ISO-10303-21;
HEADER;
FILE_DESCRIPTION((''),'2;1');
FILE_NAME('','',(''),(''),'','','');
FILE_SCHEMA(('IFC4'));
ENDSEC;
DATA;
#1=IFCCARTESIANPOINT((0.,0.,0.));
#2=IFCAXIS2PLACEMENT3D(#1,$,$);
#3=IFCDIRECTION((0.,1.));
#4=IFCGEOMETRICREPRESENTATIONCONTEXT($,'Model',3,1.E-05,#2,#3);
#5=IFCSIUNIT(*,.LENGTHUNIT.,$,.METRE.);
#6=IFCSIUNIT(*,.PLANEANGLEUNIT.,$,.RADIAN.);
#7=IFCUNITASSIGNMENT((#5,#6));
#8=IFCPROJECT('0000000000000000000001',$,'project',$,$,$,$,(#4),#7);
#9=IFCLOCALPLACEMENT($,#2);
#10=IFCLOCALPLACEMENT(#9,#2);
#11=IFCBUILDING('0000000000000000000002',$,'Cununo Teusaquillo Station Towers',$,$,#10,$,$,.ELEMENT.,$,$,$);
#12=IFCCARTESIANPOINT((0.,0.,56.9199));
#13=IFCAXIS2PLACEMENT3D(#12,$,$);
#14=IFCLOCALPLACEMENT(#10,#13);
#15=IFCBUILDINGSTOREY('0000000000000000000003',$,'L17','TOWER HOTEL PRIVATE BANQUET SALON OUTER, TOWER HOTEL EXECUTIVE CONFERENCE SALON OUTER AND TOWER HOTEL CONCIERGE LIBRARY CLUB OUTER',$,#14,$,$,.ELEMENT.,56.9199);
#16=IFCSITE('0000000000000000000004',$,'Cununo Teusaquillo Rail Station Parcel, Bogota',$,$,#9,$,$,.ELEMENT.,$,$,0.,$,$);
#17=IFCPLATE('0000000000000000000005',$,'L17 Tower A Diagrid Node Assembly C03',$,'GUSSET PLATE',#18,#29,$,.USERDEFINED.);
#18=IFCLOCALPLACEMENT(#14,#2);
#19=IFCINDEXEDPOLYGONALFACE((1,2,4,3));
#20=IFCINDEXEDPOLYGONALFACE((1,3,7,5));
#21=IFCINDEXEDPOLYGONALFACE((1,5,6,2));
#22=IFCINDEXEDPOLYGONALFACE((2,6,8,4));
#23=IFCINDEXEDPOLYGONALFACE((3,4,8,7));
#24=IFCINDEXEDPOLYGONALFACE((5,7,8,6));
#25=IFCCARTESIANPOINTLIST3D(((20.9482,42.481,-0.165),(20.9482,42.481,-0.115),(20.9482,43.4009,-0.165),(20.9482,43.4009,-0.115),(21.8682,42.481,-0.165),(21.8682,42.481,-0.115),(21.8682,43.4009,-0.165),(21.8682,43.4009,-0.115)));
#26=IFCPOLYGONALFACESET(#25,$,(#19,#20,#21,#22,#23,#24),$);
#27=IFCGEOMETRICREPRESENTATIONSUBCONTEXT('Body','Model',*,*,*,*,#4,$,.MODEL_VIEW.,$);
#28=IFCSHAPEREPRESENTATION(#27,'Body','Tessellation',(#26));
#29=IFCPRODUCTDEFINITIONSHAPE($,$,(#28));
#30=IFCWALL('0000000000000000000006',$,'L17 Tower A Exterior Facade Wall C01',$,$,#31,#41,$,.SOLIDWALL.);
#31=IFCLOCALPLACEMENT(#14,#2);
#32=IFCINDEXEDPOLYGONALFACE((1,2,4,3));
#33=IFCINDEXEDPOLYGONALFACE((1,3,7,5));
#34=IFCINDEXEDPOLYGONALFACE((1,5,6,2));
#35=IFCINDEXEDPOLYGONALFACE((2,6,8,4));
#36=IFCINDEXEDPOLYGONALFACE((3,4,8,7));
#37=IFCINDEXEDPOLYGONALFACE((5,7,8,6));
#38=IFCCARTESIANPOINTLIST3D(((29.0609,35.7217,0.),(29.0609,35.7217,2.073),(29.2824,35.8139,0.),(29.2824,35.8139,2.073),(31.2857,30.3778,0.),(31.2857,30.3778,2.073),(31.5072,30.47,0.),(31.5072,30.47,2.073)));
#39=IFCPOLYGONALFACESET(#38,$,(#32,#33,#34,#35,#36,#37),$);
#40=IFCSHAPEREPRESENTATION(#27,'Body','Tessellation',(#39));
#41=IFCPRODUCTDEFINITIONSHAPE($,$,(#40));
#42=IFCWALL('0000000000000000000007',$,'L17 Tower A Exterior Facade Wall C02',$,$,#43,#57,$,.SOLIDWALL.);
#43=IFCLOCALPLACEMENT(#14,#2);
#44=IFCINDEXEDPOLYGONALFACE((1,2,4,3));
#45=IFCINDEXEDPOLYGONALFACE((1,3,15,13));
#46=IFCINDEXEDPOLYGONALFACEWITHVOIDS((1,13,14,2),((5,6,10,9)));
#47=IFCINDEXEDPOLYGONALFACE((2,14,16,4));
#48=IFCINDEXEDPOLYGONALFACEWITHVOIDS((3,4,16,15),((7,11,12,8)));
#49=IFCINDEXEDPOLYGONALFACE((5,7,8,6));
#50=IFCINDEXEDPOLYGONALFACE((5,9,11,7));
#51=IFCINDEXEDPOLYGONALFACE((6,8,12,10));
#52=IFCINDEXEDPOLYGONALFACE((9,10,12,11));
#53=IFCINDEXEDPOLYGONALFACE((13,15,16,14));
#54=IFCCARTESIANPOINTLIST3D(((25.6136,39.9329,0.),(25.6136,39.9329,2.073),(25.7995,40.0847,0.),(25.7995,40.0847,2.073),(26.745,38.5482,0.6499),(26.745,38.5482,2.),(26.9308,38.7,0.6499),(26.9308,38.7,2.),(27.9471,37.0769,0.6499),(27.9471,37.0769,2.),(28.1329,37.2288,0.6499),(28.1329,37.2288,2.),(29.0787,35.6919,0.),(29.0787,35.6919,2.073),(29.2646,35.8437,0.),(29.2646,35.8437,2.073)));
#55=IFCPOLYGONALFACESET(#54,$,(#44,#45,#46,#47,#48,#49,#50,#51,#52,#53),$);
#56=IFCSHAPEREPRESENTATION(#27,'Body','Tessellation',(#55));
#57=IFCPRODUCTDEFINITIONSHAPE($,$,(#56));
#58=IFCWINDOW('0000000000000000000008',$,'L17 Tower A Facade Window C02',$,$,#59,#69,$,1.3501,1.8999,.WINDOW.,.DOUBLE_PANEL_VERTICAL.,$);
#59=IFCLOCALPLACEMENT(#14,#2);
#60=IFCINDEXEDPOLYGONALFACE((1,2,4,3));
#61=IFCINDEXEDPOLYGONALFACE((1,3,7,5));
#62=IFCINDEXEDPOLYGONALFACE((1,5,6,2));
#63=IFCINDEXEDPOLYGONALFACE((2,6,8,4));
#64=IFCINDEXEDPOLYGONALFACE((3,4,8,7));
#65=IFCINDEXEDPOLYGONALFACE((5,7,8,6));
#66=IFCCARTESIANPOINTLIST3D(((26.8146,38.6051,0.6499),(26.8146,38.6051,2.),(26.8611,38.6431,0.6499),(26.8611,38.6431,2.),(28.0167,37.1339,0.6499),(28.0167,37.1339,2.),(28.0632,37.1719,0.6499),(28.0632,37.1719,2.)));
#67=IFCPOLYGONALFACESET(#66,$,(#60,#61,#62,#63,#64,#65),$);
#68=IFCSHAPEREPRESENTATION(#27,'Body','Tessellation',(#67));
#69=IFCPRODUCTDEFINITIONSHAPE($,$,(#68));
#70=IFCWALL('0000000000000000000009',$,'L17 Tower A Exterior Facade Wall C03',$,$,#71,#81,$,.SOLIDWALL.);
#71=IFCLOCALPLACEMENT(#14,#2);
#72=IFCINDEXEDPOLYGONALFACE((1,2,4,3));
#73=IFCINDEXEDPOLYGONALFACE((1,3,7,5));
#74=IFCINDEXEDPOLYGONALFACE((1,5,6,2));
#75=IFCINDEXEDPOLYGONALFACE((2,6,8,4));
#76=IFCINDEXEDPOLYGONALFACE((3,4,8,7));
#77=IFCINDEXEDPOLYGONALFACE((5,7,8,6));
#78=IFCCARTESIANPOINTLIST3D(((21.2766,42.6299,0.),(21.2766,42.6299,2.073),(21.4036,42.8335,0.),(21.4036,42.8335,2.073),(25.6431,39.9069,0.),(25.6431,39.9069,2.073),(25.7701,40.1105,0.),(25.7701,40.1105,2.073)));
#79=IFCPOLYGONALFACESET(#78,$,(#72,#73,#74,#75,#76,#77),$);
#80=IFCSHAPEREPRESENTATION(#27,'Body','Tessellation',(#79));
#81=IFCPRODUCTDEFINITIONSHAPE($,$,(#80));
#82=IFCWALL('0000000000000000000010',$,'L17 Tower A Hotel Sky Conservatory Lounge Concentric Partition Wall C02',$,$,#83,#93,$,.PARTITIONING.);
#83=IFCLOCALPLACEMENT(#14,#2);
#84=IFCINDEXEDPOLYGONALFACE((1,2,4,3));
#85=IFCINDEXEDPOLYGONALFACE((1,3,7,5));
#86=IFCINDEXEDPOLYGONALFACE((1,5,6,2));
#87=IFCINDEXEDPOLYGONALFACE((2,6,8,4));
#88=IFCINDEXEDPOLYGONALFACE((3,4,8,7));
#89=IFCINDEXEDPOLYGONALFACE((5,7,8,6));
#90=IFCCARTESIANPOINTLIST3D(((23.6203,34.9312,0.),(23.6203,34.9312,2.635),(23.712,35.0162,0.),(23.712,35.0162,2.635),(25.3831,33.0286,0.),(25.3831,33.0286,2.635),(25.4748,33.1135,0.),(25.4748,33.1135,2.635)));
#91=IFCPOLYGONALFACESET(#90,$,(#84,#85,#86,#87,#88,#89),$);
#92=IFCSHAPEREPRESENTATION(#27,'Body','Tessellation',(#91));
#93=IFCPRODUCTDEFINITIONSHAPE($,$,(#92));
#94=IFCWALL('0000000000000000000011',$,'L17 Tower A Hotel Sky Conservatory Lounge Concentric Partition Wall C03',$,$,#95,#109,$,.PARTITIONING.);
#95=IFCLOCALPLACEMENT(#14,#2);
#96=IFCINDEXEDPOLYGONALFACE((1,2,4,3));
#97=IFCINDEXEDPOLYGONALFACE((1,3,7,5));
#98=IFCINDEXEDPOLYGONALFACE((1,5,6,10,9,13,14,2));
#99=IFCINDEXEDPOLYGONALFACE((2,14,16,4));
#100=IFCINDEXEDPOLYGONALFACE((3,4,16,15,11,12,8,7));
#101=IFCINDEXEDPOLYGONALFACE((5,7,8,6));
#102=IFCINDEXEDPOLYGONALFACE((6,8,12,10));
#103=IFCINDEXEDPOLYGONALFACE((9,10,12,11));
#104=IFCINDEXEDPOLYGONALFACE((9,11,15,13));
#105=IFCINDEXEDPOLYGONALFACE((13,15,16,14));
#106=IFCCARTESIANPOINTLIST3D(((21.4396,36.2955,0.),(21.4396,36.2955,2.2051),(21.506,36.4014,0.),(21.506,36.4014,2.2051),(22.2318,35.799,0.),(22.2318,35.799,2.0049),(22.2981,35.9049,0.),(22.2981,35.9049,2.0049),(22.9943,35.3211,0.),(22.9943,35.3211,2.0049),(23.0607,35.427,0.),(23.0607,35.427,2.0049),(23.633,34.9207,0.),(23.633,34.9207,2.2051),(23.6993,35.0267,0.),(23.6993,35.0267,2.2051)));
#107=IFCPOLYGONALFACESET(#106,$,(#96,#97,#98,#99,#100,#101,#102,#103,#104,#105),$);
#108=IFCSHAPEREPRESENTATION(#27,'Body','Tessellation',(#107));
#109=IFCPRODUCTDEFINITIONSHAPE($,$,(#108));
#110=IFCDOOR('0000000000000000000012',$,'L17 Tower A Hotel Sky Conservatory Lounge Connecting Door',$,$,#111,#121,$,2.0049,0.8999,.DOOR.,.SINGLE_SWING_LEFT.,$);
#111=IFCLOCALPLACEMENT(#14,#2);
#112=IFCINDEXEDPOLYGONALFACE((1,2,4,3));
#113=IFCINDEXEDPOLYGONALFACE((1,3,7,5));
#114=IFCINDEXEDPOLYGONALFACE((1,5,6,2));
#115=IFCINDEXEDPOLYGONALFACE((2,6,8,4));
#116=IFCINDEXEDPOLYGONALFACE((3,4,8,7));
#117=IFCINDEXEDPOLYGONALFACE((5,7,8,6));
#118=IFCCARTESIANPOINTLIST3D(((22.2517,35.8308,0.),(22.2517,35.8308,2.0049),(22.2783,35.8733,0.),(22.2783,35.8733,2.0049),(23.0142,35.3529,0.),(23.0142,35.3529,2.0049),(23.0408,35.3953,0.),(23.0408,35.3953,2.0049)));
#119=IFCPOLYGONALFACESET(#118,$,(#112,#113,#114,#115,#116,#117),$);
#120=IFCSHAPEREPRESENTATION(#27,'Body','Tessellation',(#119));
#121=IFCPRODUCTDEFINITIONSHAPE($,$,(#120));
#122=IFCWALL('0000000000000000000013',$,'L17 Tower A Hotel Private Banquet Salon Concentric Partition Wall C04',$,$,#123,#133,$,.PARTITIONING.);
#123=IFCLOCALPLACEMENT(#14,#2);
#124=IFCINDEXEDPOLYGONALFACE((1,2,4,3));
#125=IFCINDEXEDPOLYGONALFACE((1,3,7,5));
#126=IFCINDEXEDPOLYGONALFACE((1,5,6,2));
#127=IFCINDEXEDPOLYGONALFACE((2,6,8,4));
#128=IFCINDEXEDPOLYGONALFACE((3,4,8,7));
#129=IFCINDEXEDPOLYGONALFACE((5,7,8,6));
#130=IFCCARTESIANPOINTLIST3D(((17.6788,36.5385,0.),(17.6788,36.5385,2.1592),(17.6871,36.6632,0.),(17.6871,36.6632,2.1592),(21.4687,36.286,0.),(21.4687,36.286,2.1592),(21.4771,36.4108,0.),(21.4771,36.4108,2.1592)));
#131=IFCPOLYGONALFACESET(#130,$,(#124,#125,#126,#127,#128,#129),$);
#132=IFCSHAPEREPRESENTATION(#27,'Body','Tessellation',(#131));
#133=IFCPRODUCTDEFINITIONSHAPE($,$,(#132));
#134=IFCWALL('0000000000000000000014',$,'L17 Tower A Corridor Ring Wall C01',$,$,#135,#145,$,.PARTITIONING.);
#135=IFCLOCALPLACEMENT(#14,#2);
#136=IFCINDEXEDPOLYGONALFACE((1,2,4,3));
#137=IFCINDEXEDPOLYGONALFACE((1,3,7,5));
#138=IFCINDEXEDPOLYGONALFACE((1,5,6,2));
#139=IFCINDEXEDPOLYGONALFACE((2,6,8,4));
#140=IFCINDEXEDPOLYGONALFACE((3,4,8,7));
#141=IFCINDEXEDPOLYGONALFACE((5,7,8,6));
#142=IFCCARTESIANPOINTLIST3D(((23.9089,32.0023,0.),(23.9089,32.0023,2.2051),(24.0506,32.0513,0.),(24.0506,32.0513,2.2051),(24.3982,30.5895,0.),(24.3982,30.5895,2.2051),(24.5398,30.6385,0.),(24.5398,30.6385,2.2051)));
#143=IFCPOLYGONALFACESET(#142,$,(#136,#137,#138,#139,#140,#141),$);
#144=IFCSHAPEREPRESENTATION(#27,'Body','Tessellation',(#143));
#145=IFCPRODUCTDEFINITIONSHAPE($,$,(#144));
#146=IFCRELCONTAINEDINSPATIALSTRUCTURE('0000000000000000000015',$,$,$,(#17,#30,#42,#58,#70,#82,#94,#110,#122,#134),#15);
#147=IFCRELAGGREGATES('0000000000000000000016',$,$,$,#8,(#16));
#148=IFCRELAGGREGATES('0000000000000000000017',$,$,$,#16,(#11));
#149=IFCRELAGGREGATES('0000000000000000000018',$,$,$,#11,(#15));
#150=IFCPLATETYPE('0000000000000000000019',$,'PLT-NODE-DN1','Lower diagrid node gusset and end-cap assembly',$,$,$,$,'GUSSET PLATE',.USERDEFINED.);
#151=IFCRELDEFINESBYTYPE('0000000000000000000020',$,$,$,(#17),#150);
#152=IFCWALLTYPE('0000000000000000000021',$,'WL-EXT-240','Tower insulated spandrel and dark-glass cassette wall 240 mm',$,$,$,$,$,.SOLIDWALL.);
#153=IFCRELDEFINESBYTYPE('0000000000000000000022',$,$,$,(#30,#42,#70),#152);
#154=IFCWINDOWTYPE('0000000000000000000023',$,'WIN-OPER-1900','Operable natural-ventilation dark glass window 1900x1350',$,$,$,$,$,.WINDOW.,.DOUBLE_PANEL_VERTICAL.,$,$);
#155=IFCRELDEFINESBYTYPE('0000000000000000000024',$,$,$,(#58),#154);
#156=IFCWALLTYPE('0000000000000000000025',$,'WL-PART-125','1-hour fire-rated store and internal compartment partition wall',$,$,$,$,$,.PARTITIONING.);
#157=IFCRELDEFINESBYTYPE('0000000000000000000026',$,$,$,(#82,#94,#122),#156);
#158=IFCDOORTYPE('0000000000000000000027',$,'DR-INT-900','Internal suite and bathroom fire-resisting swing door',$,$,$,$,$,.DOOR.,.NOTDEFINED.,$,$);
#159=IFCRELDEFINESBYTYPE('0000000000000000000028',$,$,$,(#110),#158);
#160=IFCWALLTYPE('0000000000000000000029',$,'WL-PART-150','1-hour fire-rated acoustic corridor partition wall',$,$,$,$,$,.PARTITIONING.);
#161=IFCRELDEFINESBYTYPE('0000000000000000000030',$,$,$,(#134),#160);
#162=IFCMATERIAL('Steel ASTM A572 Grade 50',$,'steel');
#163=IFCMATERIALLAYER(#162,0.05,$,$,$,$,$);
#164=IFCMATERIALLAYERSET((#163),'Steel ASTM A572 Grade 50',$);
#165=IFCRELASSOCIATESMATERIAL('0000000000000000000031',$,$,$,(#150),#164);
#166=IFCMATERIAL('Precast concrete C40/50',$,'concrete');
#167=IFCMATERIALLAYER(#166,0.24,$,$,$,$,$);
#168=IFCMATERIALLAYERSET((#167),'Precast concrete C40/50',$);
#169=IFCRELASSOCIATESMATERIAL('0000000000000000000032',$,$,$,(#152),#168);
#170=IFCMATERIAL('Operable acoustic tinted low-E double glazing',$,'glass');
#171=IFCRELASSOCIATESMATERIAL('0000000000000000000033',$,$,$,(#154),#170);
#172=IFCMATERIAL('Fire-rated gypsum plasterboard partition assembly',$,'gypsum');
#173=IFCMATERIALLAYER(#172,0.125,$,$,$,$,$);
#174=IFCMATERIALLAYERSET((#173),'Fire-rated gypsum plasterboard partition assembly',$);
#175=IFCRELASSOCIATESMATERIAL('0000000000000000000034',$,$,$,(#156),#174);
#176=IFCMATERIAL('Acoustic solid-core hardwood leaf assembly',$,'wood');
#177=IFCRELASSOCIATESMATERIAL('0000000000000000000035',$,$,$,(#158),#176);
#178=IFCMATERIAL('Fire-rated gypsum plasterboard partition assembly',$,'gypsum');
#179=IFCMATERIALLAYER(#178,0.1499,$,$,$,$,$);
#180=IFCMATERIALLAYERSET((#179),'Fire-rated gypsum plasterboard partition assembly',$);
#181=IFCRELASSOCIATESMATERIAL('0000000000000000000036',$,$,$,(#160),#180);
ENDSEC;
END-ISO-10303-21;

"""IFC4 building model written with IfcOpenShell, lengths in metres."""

from ifc_helpers import new_model, si_unit, direction, frame, frame_2d, origin, origin_2d, place, context, subcontext, project, spatial, rectangle, extrude, source, transform, mapped, material, layer, layer_set, type_object, element, fill, save


model = new_model("IFC4")

# Units and contexts
model_context = context("Model", 3, precision=1e-05, world=origin(), true_north=direction((0.0, 1.0)))
body_context = subcontext(model_context, "Body", "Model", "MODEL_VIEW")
ifc_project = project(units=[si_unit("LENGTHUNIT", "METRE"), si_unit("PLANEANGLEUNIT", "RADIAN")], contexts=[model_context])

# Site, building, storey
site_placement = place(None, origin())
site = spatial("IfcSite", under=ifc_project, at=site_placement, Name="Cununo Teusaquillo Rail Station Parcel, Bogota", CompositionType="ELEMENT", RefElevation=0.0)
building_placement = place(site_placement, origin())
building = spatial("IfcBuilding", under=site, at=building_placement, Name="Cununo Teusaquillo Station Towers", CompositionType="ELEMENT")
storey_placement = place(building_placement, frame((0.0, 0.0, 56.9199)))
storey = spatial("IfcBuildingStorey", under=building, at=storey_placement, Name="L17", Description="TOWER HOTEL PRIVATE BANQUET SALON OUTER, TOWER HOTEL EXECUTIVE CONFERENCE SALON OUTER AND TOWER HOTEL CONCIERGE LIBRARY CLUB OUTER", CompositionType="ELEMENT", Elevation=56.9199)

# Plate
ifc_material_1 = material(Name="Steel ASTM A572 Grade 50", Category="steel")
ifc_layer_1 = layer(ifc_material_1, 0.05)
ifc_layer_set_1 = layer_set([ifc_layer_1], Name="Steel ASTM A572 Grade 50")
plate_type = type_object("IfcPlateType", Name="PLT-NODE-DN1", Description="Lower diagrid node gusset and end-cap assembly", ElementType="GUSSET PLATE", PredefinedType="USERDEFINED", material=ifc_layer_set_1)
shared_shape_1 = source(origin(), body_context, "Body", "SweptSolid", [
    extrude(rectangle(XDim=0.9199, YDim=0.9199, at=origin_2d()), origin(), (0.0, 0.0, 1.0), 0.05),
])
plate_placement = place(storey_placement, frame((21.4082, 42.9409, -0.165), z_axis=(0.0, 0.0, 1.0), x_axis=(1.0, 0.0, 0.0)))
element("IfcPlate", 1, at=plate_placement, inside=storey, type_object=plate_type, Name="L17 Tower A Diagrid Node Assembly C03", ObjectType="GUSSET PLATE", PredefinedType="USERDEFINED", context=body_context, shape_type="MappedRepresentation", body=[
    mapped(shared_shape_1, transform((0.0, 0.0, 0.0), x_axis=(1.0, 0.0, 0.0), y_axis=(0.0, 1.0, 0.0), z_axis=(0.0, 0.0, 1.0), scale=1.0)),
])

# Wall
ifc_material_2 = material(Name="Precast concrete C40/50", Category="concrete")
ifc_layer_2 = layer(ifc_material_2, 0.24)
ifc_layer_set_2 = layer_set([ifc_layer_2], Name="Precast concrete C40/50")
wall_type_1 = type_object("IfcWallType", Name="WL-EXT-240", Description="Tower insulated spandrel and dark-glass cassette wall 240 mm", PredefinedType="SOLIDWALL", material=ifc_layer_set_2)
wall_1_placement = place(storey_placement, frame((29.1716, 35.7678, 0.0), z_axis=(0.0, 0.0, 1.0), x_axis=(0.384349, -0.923188, 0.0)))
element("IfcWall", 2, at=wall_1_placement, inside=storey, type_object=wall_type_1, Name="L17 Tower A Exterior Facade Wall C01", PredefinedType="SOLIDWALL", context=body_context, shape_type="SweptSolid", body=[
    extrude(rectangle(XDim=5.7886, YDim=0.24, at=frame_2d((2.8943, 0.0))), origin(), (0.0, 0.0, 1.0), 2.073),
])

# Wall, opening, window
wall_2_placement = place(storey_placement, frame((25.7065, 40.0088, 0.0), z_axis=(0.0, 0.0, 1.0), x_axis=(0.632713, -0.774386, 0.0)))
wall_2 = element("IfcWall", 3, at=wall_2_placement, inside=storey, type_object=wall_type_1, Name="L17 Tower A Exterior Facade Wall C02", PredefinedType="SOLIDWALL", context=body_context, shape_type="SweptSolid", body=[
    extrude(rectangle(XDim=5.4766, YDim=0.24, at=frame_2d((2.7383, 0.0))), origin(), (0.0, 0.0, 1.0), 2.073),
])
shared_shape_2 = source(origin(), body_context, "Body", "SweptSolid", [
    extrude(rectangle(XDim=1.8999, YDim=1.3501, at=frame_2d((0.95, 0.675))), frame((0.0, 0.1299, 0.0), z_axis=(0.0, -1.0, 0.0), x_axis=(1.0, 0.0, 0.0)), (0.0, 0.0, 1.0), 0.26),
])
opening_1_placement = place(wall_2_placement, frame((1.7881, 0.0, 0.6499)))
opening_1 = element("IfcOpeningElement", 4, at=opening_1_placement, cuts=wall_2, PredefinedType="OPENING", context=body_context, shape_type="MappedRepresentation", body=[
    mapped(shared_shape_2, transform((0.0, 0.0, 0.0), x_axis=(1.0, 0.0, 0.0), y_axis=(0.0, 1.0, 0.0), z_axis=(0.0, 0.0, 1.0), scale=1.0)),
])
ifc_material_3 = material(Name="Operable acoustic tinted low-E double glazing", Category="glass")
window_type = type_object("IfcWindowType", Name="WIN-OPER-1900", Description="Operable natural-ventilation dark glass window 1900x1350", PartitioningType="DOUBLE_PANEL_VERTICAL", PredefinedType="WINDOW", material=ifc_material_3)
shared_shape_3 = source(origin(), body_context, "Body", "SweptSolid", [
    extrude(rectangle(XDim=1.8999, YDim=1.3501, at=frame_2d((0.95, 0.675))), frame((0.0, 0.03, 0.0), z_axis=(0.0, -1.0, 0.0), x_axis=(1.0, 0.0, 0.0)), (0.0, 0.0, 1.0), 0.0601),
])
window_placement = place(opening_1_placement, origin())
window = element("IfcWindow", 5, at=window_placement, inside=storey, type_object=window_type, Name="L17 Tower A Facade Window C02", OverallHeight=1.3501, OverallWidth=1.8999, PartitioningType="DOUBLE_PANEL_VERTICAL", PredefinedType="WINDOW", context=body_context, shape_type="MappedRepresentation", body=[
    mapped(shared_shape_3, transform((0.0, 0.0, 0.0), x_axis=(1.0, 0.0, 0.0), y_axis=(0.0, 1.0, 0.0), z_axis=(0.0, 0.0, 1.0), scale=1.0)),
])
fill(opening_1, window)

# Walls
wall_3_placement = place(storey_placement, frame((21.3401, 42.7317, 0.0), z_axis=(0.0, 0.0, 1.0), x_axis=(0.848534, -0.529141, 0.0)))
element("IfcWall", 6, at=wall_3_placement, inside=storey, type_object=wall_type_1, Name="L17 Tower A Exterior Facade Wall C03", PredefinedType="SOLIDWALL", context=body_context, shape_type="SweptSolid", body=[
    extrude(rectangle(XDim=5.146, YDim=0.24, at=frame_2d((2.573, 0.0))), origin(), (0.0, 0.0, 1.0), 2.073),
])
ifc_material_4 = material(Name="Fire-rated gypsum plasterboard partition assembly", Category="gypsum")
ifc_layer_3 = layer(ifc_material_4, 0.125)
ifc_layer_set_3 = layer_set([ifc_layer_3], Name="Fire-rated gypsum plasterboard partition assembly")
wall_type_2 = type_object("IfcWallType", Name="WL-PART-125", Description="1-hour fire-rated store and internal compartment partition wall", PredefinedType="PARTITIONING", material=ifc_layer_set_3)
wall_4_placement = place(storey_placement, frame((25.429, 33.071, 0.0), z_axis=(0.0, 0.0, 1.0), x_axis=(-0.679624, 0.733561, 0.0)))
element("IfcWall", 7, at=wall_4_placement, inside=storey, type_object=wall_type_2, Name="L17 Tower A Hotel Sky Conservatory Lounge Concentric Partition Wall C02", PredefinedType="PARTITIONING", context=body_context, shape_type="SweptSolid", body=[
    extrude(rectangle(XDim=2.5938, YDim=0.125, at=frame_2d((1.2969, 0.0))), origin(), (0.0, 0.0, 1.0), 2.635),
])

# Wall, opening, door
wall_5_placement = place(storey_placement, frame((23.6663, 34.9736, 0.0), z_axis=(0.0, 0.0, 1.0), x_axis=(-0.847319, 0.531084, 0.0)))
wall_5 = element("IfcWall", 8, at=wall_5_placement, inside=storey, type_object=wall_type_2, Name="L17 Tower A Hotel Sky Conservatory Lounge Concentric Partition Wall C03", PredefinedType="PARTITIONING", context=body_context, shape_type="SweptSolid", body=[
    extrude(rectangle(XDim=2.5886, YDim=0.125, at=frame_2d((1.2944, 0.0))), origin(), (0.0, 0.0, 1.0), 2.2051),
])
shared_shape_4 = source(origin(), body_context, "Body", "SweptSolid", [
    extrude(rectangle(XDim=0.8999, YDim=2.0049, at=frame_2d((0.45, 1.0024))), frame((0.0, 0.0725, 0.0), z_axis=(0.0, -1.0, 0.0), x_axis=(1.0, 0.0, 0.0)), (0.0, 0.0, 1.0), 0.145),
])
opening_2_placement = place(wall_5_placement, frame((0.7539, 0.0, 0.0)))
opening_2 = element("IfcOpeningElement", 9, at=opening_2_placement, cuts=wall_5, PredefinedType="OPENING", context=body_context, shape_type="MappedRepresentation", body=[
    mapped(shared_shape_4, transform((0.0, 0.0, 0.0), x_axis=(1.0, 0.0, 0.0), y_axis=(0.0, 1.0, 0.0), z_axis=(0.0, 0.0, 1.0), scale=1.0)),
])
ifc_material_5 = material(Name="Acoustic solid-core hardwood leaf assembly", Category="wood")
door_type_1 = type_object("IfcDoorType", Name="DR-INT-900", Description="Internal suite and bathroom fire-resisting swing door", OperationType="NOTDEFINED", PredefinedType="DOOR", material=ifc_material_5)
shared_shape_5 = source(origin(), body_context, "Body", "SweptSolid", [
    extrude(rectangle(XDim=0.8999, YDim=2.0049, at=frame_2d((0.45, 1.0024))), frame((0.0, 0.0249, 0.0), z_axis=(0.0, -1.0, 0.0), x_axis=(1.0, 0.0, 0.0)), (0.0, 0.0, 1.0), 0.05),
])
door_1_placement = place(opening_2_placement, origin())
door_1 = element("IfcDoor", 10, at=door_1_placement, inside=storey, type_object=door_type_1, Name="L17 Tower A Hotel Sky Conservatory Lounge Connecting Door", OperationType="SINGLE_SWING_LEFT", OverallHeight=2.0049, OverallWidth=0.8999, PredefinedType="DOOR", context=body_context, shape_type="MappedRepresentation", body=[
    mapped(shared_shape_5, transform((0.0, 0.0, 0.0), x_axis=(1.0, 0.0, 0.0), y_axis=(0.0, 1.0, 0.0), z_axis=(0.0, 0.0, 1.0), scale=1.0)),
])
fill(opening_2, door_1)

# Walls
wall_6_placement = place(storey_placement, frame((21.4729, 36.3484, 0.0), z_axis=(0.0, 0.0, 1.0), x_axis=(-0.997789, 0.066459, 0.0)))
element("IfcWall", 11, at=wall_6_placement, inside=storey, type_object=wall_type_2, Name="L17 Tower A Hotel Private Banquet Salon Concentric Partition Wall C04", PredefinedType="PARTITIONING", context=body_context, shape_type="SweptSolid", body=[
    extrude(rectangle(XDim=3.7983, YDim=0.125, at=frame_2d((1.8992, 0.0))), origin(), (0.0, 0.0, 1.0), 2.1592),
])
ifc_material_6 = material(Name="Fire-rated gypsum plasterboard partition assembly", Category="gypsum")
ifc_layer_4 = layer(ifc_material_6, 0.1499)
ifc_layer_set_4 = layer_set([ifc_layer_4], Name="Fire-rated gypsum plasterboard partition assembly")
wall_type_3 = type_object("IfcWallType", Name="WL-PART-150", Description="1-hour fire-rated acoustic corridor partition wall", PredefinedType="PARTITIONING", material=ifc_layer_set_4)
wall_7_placement = place(storey_placement, frame((24.469, 30.614, 0.0), z_axis=(0.0, 0.0, 1.0), x_axis=(-0.327228, 0.944945, 0.0)))
element("IfcWall", 12, at=wall_7_placement, inside=storey, type_object=wall_type_3, Name="L17 Tower A Corridor Ring Wall C01", PredefinedType="PARTITIONING", context=body_context, shape_type="SweptSolid", body=[
    extrude(rectangle(XDim=1.4951, YDim=0.1499, at=frame_2d((0.7476, 0.0))), origin(), (0.0, 0.0, 1.0), 2.2051),
])

save(model, "model.ifc")
